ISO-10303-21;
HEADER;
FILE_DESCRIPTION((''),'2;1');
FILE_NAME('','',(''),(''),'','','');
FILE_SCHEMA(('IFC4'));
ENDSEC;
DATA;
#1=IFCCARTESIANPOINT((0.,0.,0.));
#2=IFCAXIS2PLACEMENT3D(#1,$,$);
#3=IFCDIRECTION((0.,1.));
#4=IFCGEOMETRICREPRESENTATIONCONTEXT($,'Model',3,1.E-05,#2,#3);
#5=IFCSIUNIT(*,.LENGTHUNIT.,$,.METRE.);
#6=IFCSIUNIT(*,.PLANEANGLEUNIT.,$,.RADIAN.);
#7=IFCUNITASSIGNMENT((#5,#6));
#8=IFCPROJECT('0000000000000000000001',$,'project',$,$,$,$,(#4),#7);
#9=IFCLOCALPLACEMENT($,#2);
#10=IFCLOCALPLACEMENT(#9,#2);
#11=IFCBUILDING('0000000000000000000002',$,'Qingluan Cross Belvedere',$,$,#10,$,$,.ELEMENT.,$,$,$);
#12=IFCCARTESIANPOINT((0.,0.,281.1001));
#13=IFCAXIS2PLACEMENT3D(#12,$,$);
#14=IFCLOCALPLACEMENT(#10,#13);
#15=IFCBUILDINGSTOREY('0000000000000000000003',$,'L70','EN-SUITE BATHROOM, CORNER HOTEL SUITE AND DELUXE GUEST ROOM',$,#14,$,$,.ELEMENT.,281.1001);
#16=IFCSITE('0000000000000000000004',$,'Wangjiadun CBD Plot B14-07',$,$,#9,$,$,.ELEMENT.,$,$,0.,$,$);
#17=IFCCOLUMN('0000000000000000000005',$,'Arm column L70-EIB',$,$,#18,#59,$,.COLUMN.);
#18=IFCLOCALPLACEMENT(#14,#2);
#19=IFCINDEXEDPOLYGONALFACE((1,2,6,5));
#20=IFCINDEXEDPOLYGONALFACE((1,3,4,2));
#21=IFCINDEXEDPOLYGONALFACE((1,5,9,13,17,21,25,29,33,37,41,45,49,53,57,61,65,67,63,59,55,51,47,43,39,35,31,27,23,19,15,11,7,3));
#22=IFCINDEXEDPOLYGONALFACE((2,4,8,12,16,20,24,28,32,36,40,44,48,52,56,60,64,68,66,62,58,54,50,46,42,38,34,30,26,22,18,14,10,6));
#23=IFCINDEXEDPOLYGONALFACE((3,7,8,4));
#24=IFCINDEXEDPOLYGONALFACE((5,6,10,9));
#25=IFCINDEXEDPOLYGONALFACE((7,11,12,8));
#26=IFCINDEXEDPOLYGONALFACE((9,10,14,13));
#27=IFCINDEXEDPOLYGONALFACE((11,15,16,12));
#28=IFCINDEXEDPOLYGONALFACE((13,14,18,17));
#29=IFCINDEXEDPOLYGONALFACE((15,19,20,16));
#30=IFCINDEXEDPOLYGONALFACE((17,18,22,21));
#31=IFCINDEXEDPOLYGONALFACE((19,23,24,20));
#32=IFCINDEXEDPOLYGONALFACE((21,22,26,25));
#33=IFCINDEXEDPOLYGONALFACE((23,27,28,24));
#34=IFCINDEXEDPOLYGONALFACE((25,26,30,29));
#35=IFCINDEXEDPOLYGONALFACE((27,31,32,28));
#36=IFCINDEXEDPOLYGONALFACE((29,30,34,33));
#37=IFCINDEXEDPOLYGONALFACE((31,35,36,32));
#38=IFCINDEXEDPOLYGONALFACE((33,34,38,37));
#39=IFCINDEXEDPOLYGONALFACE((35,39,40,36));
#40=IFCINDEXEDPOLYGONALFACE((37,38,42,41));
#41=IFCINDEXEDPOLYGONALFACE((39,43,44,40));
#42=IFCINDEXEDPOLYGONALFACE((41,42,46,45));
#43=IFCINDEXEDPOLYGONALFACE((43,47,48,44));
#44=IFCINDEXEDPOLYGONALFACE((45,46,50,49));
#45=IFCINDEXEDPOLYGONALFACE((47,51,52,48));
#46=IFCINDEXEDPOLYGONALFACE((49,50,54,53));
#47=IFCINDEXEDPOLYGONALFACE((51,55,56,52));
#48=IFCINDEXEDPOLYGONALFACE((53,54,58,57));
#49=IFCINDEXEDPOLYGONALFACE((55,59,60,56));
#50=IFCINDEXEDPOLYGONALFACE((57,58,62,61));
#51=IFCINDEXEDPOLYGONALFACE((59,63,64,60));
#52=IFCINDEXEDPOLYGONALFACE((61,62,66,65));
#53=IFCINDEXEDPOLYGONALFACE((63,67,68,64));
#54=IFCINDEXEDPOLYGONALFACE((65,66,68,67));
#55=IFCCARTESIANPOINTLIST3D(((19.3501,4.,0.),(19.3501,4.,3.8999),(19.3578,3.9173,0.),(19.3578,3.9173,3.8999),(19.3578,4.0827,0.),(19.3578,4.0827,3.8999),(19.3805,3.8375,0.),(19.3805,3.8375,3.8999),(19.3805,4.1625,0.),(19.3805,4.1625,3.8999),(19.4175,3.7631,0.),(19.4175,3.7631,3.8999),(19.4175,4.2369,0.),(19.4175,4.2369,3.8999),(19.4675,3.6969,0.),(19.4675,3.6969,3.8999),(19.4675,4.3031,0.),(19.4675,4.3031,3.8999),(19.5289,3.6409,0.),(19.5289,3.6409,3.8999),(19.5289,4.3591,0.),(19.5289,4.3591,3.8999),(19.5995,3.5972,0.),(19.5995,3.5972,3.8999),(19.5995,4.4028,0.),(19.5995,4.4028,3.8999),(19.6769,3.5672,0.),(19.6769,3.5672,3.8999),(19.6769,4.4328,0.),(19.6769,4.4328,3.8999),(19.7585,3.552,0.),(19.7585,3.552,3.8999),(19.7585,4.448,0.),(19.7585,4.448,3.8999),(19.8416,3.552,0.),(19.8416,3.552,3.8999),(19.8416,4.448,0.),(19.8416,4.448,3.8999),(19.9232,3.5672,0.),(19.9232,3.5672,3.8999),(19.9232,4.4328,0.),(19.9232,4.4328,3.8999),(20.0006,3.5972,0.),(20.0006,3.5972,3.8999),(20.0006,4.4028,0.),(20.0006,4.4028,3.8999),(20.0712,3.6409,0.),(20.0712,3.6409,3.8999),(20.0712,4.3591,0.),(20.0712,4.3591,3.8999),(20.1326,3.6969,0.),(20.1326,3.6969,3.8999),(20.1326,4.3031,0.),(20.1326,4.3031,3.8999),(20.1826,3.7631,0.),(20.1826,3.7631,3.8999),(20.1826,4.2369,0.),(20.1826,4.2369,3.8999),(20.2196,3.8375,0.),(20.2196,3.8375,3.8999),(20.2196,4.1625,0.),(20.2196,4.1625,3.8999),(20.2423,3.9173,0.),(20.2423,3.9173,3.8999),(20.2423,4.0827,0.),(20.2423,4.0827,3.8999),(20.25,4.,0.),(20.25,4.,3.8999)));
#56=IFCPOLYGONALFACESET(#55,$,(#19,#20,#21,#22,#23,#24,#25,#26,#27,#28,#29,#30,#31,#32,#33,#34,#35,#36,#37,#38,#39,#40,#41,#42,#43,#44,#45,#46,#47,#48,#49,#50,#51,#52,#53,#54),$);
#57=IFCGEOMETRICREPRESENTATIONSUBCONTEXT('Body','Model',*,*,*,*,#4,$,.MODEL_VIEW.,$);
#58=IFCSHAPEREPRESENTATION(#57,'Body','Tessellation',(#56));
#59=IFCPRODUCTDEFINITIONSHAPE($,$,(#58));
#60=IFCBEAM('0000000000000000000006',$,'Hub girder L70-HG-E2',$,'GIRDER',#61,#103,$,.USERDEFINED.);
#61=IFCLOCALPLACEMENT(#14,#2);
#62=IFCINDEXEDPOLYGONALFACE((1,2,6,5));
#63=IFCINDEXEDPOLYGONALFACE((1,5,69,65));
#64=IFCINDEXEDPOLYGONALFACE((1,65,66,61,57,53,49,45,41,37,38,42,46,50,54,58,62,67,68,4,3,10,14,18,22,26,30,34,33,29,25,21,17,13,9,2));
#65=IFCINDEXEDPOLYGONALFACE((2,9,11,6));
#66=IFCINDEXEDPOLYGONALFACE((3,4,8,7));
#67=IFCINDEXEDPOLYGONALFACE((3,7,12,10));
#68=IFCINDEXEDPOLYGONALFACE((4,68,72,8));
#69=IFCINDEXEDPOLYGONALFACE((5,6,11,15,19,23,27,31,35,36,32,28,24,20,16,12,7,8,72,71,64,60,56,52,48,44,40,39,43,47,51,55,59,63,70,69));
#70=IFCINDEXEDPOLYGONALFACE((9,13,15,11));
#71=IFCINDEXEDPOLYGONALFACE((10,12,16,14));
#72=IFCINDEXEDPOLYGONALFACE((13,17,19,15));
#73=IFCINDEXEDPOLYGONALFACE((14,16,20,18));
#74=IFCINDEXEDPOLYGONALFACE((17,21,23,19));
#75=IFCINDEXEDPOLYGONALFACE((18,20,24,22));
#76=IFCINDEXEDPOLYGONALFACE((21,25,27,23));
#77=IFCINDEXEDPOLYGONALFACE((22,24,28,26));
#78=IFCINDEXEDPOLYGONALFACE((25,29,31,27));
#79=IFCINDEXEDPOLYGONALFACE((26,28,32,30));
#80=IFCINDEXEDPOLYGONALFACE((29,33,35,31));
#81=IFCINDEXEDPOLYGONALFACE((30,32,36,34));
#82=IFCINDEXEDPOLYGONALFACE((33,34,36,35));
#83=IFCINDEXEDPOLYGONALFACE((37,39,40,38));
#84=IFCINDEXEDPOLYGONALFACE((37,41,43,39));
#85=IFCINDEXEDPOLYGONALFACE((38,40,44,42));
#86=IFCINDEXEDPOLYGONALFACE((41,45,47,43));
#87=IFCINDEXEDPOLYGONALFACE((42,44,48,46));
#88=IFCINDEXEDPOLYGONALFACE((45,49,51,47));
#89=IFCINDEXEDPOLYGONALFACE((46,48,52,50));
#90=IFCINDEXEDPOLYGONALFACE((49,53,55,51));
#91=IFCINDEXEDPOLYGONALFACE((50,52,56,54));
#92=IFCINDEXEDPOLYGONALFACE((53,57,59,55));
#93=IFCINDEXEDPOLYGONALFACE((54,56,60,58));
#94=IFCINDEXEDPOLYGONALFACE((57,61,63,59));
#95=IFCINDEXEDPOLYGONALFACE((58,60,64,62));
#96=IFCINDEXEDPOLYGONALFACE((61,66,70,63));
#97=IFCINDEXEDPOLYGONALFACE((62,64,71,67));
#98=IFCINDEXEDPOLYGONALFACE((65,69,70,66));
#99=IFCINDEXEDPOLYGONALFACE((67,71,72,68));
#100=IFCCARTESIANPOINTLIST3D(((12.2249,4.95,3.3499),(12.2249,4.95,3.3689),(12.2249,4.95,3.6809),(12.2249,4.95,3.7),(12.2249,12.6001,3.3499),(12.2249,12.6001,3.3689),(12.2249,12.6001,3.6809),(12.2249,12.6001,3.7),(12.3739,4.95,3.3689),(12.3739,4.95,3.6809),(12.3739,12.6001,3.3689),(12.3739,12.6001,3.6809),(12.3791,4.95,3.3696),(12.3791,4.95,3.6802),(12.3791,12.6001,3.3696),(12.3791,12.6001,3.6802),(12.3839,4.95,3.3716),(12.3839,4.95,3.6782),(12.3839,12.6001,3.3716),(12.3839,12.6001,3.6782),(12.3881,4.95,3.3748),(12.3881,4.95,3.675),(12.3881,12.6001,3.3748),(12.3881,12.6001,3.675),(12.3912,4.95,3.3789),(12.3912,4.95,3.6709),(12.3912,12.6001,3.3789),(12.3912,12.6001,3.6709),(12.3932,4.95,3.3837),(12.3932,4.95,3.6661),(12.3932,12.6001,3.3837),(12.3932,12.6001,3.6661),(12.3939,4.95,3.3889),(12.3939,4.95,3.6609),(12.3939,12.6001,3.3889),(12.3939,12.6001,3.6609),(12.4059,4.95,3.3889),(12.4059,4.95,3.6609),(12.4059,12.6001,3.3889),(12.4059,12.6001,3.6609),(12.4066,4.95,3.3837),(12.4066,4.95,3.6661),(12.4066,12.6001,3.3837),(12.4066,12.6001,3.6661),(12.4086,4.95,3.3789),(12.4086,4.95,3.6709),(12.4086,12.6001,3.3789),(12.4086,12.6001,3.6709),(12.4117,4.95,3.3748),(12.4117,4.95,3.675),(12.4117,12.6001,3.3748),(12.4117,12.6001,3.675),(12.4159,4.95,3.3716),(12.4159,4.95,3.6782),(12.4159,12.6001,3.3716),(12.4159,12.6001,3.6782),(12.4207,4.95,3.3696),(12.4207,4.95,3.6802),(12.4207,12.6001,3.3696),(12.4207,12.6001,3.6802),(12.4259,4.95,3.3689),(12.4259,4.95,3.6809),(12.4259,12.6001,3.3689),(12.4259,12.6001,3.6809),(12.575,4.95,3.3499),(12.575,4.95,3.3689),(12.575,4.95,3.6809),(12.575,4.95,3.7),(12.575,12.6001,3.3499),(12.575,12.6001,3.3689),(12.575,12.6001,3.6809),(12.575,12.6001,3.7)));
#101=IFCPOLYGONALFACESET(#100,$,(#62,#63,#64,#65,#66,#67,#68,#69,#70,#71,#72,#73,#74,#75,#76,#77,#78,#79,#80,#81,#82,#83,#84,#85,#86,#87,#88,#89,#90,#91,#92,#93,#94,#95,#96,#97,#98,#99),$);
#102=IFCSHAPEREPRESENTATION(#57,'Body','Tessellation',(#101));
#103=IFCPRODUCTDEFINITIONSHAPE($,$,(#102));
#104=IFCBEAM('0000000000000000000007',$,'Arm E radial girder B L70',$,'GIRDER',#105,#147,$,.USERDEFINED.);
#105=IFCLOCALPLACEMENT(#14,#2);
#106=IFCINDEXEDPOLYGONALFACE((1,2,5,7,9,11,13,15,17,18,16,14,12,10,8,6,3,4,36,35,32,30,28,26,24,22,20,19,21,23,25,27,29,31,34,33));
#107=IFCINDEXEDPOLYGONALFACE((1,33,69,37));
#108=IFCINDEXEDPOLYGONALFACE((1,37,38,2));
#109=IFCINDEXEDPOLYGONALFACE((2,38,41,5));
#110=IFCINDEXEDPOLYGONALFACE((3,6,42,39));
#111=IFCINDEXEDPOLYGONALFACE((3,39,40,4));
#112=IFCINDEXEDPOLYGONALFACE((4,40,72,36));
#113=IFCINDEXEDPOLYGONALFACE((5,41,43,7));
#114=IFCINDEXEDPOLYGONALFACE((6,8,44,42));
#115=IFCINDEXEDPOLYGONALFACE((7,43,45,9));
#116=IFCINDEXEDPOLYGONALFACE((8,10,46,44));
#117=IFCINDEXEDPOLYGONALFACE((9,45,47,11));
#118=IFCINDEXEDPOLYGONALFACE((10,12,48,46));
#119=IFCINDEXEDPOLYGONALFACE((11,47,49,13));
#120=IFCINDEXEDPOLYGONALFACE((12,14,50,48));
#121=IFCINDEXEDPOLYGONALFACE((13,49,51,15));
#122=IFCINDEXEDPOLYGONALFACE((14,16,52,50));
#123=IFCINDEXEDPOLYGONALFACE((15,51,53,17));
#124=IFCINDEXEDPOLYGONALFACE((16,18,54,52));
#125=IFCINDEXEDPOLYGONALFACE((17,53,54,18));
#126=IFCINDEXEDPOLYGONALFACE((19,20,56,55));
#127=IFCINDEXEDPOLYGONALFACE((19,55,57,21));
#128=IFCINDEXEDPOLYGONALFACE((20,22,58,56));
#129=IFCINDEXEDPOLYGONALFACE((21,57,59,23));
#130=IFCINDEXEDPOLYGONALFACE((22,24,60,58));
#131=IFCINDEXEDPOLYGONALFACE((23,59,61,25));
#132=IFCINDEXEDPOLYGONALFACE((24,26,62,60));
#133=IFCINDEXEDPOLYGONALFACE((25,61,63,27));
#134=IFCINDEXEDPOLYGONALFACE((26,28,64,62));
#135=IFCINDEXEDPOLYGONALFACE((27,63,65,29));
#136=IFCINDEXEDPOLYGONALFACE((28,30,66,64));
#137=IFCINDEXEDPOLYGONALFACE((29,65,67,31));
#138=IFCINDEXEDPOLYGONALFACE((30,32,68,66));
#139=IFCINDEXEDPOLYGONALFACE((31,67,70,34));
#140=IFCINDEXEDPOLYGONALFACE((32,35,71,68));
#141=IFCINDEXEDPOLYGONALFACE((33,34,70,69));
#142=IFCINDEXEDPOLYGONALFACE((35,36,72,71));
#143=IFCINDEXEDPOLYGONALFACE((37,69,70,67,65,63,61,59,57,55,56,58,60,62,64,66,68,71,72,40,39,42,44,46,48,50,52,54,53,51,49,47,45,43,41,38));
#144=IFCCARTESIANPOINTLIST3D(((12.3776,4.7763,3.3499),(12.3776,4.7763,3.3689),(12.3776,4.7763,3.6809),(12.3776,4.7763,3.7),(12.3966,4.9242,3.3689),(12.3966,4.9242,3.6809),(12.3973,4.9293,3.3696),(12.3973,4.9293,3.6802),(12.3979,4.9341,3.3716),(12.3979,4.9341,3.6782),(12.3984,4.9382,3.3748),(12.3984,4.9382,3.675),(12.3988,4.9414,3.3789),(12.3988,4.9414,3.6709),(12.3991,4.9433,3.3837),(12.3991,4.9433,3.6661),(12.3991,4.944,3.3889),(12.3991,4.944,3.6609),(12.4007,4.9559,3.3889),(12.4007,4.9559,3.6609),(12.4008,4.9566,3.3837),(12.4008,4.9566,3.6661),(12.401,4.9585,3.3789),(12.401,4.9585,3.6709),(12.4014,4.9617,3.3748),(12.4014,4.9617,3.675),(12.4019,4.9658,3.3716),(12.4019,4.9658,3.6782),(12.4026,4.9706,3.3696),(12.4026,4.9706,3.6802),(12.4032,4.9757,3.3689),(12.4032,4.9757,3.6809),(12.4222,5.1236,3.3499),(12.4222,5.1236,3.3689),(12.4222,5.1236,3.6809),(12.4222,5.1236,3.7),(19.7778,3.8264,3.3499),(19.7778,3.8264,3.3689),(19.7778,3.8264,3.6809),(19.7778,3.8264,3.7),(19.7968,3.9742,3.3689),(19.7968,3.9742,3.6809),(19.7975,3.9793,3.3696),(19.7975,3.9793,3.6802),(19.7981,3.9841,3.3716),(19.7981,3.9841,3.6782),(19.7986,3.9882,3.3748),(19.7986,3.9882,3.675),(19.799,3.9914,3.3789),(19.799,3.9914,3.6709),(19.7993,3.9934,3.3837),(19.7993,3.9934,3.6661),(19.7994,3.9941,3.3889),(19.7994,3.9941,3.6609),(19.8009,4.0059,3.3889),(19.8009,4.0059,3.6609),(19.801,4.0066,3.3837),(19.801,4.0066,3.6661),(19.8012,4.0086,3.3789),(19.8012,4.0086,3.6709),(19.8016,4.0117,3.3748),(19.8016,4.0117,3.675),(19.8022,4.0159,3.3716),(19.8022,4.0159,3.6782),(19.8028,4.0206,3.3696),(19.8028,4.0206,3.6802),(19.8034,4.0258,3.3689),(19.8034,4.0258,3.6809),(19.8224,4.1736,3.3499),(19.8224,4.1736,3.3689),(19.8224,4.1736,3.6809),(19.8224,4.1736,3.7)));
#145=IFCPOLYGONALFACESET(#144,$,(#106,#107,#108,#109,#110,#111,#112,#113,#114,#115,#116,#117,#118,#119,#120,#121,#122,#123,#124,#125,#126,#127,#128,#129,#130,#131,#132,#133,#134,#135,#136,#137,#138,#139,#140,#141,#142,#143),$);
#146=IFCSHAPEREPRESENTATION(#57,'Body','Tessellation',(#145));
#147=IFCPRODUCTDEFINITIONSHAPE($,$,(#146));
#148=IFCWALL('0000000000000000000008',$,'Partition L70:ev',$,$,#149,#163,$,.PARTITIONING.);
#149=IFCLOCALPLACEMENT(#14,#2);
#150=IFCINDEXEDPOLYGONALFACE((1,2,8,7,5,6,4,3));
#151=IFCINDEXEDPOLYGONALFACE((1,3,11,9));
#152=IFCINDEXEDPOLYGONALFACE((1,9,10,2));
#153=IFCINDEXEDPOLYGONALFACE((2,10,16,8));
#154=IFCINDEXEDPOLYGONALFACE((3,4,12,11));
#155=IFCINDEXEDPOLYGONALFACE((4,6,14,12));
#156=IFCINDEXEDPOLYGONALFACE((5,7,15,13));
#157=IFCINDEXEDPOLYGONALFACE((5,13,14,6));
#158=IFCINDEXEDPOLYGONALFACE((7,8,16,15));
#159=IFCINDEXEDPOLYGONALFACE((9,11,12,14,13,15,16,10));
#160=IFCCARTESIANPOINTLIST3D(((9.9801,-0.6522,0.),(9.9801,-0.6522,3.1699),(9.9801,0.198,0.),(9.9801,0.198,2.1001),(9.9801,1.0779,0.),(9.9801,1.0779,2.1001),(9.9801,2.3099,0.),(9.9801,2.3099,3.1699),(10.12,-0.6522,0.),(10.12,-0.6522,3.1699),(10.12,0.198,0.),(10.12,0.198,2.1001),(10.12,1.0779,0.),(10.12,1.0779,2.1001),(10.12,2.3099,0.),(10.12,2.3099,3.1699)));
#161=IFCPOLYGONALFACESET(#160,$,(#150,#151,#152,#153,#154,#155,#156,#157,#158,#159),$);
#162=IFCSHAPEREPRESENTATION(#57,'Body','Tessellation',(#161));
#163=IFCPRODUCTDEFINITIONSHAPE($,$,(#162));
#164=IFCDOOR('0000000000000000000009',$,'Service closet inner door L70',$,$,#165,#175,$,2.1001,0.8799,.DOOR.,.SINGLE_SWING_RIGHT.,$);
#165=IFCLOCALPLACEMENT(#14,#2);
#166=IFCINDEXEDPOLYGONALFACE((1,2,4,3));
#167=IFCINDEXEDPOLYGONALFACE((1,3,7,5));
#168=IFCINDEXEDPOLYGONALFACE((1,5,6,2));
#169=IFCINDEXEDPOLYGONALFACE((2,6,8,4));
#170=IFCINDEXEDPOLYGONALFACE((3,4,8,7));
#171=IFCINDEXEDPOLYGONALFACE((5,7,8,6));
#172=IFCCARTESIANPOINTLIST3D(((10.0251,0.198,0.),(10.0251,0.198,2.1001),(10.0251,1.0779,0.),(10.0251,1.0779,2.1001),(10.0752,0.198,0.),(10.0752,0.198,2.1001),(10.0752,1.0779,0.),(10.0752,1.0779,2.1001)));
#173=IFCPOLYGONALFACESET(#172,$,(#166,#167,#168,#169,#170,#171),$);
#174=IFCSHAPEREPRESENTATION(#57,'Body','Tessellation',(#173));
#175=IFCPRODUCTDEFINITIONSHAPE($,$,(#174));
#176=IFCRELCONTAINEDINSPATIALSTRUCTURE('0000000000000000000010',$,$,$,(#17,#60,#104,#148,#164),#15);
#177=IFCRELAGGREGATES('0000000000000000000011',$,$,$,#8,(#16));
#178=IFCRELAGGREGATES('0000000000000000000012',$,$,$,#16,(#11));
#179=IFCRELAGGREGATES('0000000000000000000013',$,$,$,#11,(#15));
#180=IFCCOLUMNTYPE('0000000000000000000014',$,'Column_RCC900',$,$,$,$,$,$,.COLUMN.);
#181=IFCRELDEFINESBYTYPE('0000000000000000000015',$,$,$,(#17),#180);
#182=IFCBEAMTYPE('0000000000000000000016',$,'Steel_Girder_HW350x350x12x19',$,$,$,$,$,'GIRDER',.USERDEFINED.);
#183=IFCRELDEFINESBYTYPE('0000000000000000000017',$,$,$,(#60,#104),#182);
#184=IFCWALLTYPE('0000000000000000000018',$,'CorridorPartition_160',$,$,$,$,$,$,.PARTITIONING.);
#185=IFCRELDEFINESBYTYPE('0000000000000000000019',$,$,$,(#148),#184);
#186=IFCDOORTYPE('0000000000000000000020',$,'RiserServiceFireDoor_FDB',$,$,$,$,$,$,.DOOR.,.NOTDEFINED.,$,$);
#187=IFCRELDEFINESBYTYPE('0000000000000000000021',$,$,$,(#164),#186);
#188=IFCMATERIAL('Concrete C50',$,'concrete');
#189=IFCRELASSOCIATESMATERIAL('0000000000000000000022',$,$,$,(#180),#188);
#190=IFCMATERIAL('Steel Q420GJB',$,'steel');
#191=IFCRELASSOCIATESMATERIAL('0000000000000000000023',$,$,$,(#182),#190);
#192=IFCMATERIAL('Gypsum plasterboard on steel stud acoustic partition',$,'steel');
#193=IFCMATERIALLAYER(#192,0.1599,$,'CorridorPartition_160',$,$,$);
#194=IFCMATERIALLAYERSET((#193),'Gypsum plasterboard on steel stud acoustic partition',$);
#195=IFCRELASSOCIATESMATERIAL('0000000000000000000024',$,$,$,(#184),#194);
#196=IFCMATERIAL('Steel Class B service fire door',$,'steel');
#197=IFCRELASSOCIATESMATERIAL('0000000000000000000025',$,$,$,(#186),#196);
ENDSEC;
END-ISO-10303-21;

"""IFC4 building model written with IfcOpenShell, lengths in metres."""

from ifc_helpers import new_model, si_unit, direction, frame, frame_2d, origin, origin_2d, place, context, subcontext, project, spatial, rectangle, circle, i_section, extrude, material, layer, layer_set, material_profile, profile_set, type_object, element, fill, save


model = new_model("IFC4")

# Units and contexts
model_context = context("Model", 3, precision=1e-05, world=origin(), true_north=direction((0.0, 1.0)))
body_context = subcontext(model_context, "Body", "Model", "MODEL_VIEW")
ifc_project = project(units=[si_unit("LENGTHUNIT", "METRE"), si_unit("PLANEANGLEUNIT", "RADIAN")], contexts=[model_context])

# Site, building, storey
site_placement = place(None, origin())
site = spatial("IfcSite", under=ifc_project, at=site_placement, Name="Wangjiadun CBD Plot B14-07", CompositionType="ELEMENT", RefElevation=0.0)
building_placement = place(site_placement, origin())
building = spatial("IfcBuilding", under=site, at=building_placement, Name="Qingluan Cross Belvedere", CompositionType="ELEMENT")
storey_placement = place(building_placement, frame((0.0, 0.0, 281.1001)))
storey = spatial("IfcBuildingStorey", under=building, at=storey_placement, Name="L70", Description="EN-SUITE BATHROOM, CORNER HOTEL SUITE AND DELUXE GUEST ROOM", CompositionType="ELEMENT", Elevation=281.1001)

# Column
ifc_material_1 = material(Name="Concrete C50", Category="concrete")
ifc_material_profile_1 = material_profile(ifc_material_1, circle(Radius=0.45, at=origin_2d()), Name="RCC900")
ifc_profile_set_1 = profile_set([ifc_material_profile_1], Name="Concrete C50")
column_type = type_object("IfcColumnType", Name="Column_RCC900", PredefinedType="COLUMN", material=ifc_profile_set_1)
column_placement = place(storey_placement, frame((19.8, 4.0, 0.0), z_axis=(0.0, 0.0, 1.0), x_axis=(1.0, 0.0, 0.0)))
element("IfcColumn", 1, at=column_placement, inside=storey, type_object=column_type, Name="Arm column L70-EIB", PredefinedType="COLUMN", context=body_context, shape_type="SweptSolid", body=[
    extrude(circle(Radius=0.45, at=origin_2d()), origin(), (0.0, 0.0, 1.0), 3.8999),
])

# Beams
ifc_material_2 = material(Name="Steel Q420GJB", Category="steel")
ifc_material_profile_2 = material_profile(ifc_material_2, i_section(OverallWidth=0.3501, OverallDepth=0.3501, WebThickness=0.012, FlangeThickness=0.019, FilletRadius=0.02, at=origin_2d()), Name="HW350x350x12x19")
ifc_profile_set_2 = profile_set([ifc_material_profile_2], Name="Steel Q420GJB")
beam_type = type_object("IfcBeamType", Name="Steel_Girder_HW350x350x12x19", ElementType="GIRDER", PredefinedType="USERDEFINED", material=ifc_profile_set_2)
beam_1_placement = place(storey_placement, frame((12.3999, 4.95, 3.5249), z_axis=(0.0, 1.0, 0.0), x_axis=(-1.0, 0.0, 0.0)))
element("IfcBeam", 2, at=beam_1_placement, inside=storey, type_object=beam_type, Name="Hub girder L70-HG-E2", ObjectType="GIRDER", PredefinedType="USERDEFINED", context=body_context, shape_type="SweptSolid", body=[
    extrude(i_section(OverallWidth=0.3501, OverallDepth=0.3501, WebThickness=0.012, FlangeThickness=0.019, FilletRadius=0.02, at=origin_2d()), origin(), (0.0, 0.0, 1.0), 7.6501),
])
beam_2_placement = place(storey_placement, frame((12.3999, 4.95, 3.5249), z_axis=(0.991861, -0.127324, 0.0), x_axis=(0.127324, 0.991861, 0.0)))
element("IfcBeam", 3, at=beam_2_placement, inside=storey, type_object=beam_type, Name="Arm E radial girder B L70", ObjectType="GIRDER", PredefinedType="USERDEFINED", context=body_context, shape_type="SweptSolid", body=[
    extrude(i_section(OverallWidth=0.3501, OverallDepth=0.3501, WebThickness=0.012, FlangeThickness=0.019, FilletRadius=0.02, at=origin_2d()), origin(), (0.0, 0.0, 1.0), 7.4609),
])

# Wall, opening, door
ifc_material_3 = material(Name="Gypsum plasterboard on steel stud acoustic partition", Category="steel")
ifc_layer_1 = layer(ifc_material_3, 0.1599, Name="CorridorPartition_160")
ifc_layer_set_1 = layer_set([ifc_layer_1], Name="Gypsum plasterboard on steel stud acoustic partition")
wall_type_1 = type_object("IfcWallType", Name="CorridorPartition_160", PredefinedType="PARTITIONING", material=ifc_layer_set_1)
wall_1_placement = place(storey_placement, frame((10.05, -0.6521, 0.0), z_axis=(0.0, 0.0, 1.0), x_axis=(0.0, 1.0, 0.0)))
wall_1 = element("IfcWall", 4, at=wall_1_placement, inside=storey, type_object=wall_type_1, Name="Partition L70:ev", PredefinedType="PARTITIONING", context=body_context, shape_type="SweptSolid", body=[
    extrude(rectangle(XDim=2.9622, YDim=0.1399, at=frame_2d((1.481, 0.0))), origin(), (0.0, 0.0, 1.0), 3.1699),
])
opening_1_placement = place(wall_1_placement, frame((0.8501, 0.0, 0.0)))
opening_1 = element("IfcOpeningElement", 5, at=opening_1_placement, cuts=wall_1, PredefinedType="OPENING", context=body_context, shape_type="SweptSolid", body=[
    extrude(rectangle(XDim=0.8799, YDim=2.1001, at=frame_2d((0.4399, 1.05))), frame((0.0, 0.0798, 0.0), z_axis=(0.0, -1.0, 0.0), x_axis=(1.0, 0.0, 0.0)), (0.0, 0.0, 1.0), 0.1599),
])
ifc_material_4 = material(Name="Steel Class B service fire door", Category="steel")
door_type_1 = type_object("IfcDoorType", Name="RiserServiceFireDoor_FDB", OperationType="NOTDEFINED", PredefinedType="DOOR", material=ifc_material_4)
door_1_placement = place(opening_1_placement, origin())
door_1 = element("IfcDoor", 6, at=door_1_placement, inside=storey, type_object=door_type_1, Name="Service closet inner door L70", OperationType="SINGLE_SWING_RIGHT", OverallHeight=2.1001, OverallWidth=0.8799, PredefinedType="DOOR", context=body_context, shape_type="SweptSolid", body=[
    extrude(rectangle(XDim=0.8799, YDim=2.1001, at=frame_2d((0.4399, 1.05))), frame((0.0, 0.0249, 0.0), z_axis=(0.0, -1.0, 0.0), x_axis=(1.0, 0.0, 0.0)), (0.0, 0.0, 1.0), 0.05),
])
fill(opening_1, door_1)

save(model, "model.ifc")
